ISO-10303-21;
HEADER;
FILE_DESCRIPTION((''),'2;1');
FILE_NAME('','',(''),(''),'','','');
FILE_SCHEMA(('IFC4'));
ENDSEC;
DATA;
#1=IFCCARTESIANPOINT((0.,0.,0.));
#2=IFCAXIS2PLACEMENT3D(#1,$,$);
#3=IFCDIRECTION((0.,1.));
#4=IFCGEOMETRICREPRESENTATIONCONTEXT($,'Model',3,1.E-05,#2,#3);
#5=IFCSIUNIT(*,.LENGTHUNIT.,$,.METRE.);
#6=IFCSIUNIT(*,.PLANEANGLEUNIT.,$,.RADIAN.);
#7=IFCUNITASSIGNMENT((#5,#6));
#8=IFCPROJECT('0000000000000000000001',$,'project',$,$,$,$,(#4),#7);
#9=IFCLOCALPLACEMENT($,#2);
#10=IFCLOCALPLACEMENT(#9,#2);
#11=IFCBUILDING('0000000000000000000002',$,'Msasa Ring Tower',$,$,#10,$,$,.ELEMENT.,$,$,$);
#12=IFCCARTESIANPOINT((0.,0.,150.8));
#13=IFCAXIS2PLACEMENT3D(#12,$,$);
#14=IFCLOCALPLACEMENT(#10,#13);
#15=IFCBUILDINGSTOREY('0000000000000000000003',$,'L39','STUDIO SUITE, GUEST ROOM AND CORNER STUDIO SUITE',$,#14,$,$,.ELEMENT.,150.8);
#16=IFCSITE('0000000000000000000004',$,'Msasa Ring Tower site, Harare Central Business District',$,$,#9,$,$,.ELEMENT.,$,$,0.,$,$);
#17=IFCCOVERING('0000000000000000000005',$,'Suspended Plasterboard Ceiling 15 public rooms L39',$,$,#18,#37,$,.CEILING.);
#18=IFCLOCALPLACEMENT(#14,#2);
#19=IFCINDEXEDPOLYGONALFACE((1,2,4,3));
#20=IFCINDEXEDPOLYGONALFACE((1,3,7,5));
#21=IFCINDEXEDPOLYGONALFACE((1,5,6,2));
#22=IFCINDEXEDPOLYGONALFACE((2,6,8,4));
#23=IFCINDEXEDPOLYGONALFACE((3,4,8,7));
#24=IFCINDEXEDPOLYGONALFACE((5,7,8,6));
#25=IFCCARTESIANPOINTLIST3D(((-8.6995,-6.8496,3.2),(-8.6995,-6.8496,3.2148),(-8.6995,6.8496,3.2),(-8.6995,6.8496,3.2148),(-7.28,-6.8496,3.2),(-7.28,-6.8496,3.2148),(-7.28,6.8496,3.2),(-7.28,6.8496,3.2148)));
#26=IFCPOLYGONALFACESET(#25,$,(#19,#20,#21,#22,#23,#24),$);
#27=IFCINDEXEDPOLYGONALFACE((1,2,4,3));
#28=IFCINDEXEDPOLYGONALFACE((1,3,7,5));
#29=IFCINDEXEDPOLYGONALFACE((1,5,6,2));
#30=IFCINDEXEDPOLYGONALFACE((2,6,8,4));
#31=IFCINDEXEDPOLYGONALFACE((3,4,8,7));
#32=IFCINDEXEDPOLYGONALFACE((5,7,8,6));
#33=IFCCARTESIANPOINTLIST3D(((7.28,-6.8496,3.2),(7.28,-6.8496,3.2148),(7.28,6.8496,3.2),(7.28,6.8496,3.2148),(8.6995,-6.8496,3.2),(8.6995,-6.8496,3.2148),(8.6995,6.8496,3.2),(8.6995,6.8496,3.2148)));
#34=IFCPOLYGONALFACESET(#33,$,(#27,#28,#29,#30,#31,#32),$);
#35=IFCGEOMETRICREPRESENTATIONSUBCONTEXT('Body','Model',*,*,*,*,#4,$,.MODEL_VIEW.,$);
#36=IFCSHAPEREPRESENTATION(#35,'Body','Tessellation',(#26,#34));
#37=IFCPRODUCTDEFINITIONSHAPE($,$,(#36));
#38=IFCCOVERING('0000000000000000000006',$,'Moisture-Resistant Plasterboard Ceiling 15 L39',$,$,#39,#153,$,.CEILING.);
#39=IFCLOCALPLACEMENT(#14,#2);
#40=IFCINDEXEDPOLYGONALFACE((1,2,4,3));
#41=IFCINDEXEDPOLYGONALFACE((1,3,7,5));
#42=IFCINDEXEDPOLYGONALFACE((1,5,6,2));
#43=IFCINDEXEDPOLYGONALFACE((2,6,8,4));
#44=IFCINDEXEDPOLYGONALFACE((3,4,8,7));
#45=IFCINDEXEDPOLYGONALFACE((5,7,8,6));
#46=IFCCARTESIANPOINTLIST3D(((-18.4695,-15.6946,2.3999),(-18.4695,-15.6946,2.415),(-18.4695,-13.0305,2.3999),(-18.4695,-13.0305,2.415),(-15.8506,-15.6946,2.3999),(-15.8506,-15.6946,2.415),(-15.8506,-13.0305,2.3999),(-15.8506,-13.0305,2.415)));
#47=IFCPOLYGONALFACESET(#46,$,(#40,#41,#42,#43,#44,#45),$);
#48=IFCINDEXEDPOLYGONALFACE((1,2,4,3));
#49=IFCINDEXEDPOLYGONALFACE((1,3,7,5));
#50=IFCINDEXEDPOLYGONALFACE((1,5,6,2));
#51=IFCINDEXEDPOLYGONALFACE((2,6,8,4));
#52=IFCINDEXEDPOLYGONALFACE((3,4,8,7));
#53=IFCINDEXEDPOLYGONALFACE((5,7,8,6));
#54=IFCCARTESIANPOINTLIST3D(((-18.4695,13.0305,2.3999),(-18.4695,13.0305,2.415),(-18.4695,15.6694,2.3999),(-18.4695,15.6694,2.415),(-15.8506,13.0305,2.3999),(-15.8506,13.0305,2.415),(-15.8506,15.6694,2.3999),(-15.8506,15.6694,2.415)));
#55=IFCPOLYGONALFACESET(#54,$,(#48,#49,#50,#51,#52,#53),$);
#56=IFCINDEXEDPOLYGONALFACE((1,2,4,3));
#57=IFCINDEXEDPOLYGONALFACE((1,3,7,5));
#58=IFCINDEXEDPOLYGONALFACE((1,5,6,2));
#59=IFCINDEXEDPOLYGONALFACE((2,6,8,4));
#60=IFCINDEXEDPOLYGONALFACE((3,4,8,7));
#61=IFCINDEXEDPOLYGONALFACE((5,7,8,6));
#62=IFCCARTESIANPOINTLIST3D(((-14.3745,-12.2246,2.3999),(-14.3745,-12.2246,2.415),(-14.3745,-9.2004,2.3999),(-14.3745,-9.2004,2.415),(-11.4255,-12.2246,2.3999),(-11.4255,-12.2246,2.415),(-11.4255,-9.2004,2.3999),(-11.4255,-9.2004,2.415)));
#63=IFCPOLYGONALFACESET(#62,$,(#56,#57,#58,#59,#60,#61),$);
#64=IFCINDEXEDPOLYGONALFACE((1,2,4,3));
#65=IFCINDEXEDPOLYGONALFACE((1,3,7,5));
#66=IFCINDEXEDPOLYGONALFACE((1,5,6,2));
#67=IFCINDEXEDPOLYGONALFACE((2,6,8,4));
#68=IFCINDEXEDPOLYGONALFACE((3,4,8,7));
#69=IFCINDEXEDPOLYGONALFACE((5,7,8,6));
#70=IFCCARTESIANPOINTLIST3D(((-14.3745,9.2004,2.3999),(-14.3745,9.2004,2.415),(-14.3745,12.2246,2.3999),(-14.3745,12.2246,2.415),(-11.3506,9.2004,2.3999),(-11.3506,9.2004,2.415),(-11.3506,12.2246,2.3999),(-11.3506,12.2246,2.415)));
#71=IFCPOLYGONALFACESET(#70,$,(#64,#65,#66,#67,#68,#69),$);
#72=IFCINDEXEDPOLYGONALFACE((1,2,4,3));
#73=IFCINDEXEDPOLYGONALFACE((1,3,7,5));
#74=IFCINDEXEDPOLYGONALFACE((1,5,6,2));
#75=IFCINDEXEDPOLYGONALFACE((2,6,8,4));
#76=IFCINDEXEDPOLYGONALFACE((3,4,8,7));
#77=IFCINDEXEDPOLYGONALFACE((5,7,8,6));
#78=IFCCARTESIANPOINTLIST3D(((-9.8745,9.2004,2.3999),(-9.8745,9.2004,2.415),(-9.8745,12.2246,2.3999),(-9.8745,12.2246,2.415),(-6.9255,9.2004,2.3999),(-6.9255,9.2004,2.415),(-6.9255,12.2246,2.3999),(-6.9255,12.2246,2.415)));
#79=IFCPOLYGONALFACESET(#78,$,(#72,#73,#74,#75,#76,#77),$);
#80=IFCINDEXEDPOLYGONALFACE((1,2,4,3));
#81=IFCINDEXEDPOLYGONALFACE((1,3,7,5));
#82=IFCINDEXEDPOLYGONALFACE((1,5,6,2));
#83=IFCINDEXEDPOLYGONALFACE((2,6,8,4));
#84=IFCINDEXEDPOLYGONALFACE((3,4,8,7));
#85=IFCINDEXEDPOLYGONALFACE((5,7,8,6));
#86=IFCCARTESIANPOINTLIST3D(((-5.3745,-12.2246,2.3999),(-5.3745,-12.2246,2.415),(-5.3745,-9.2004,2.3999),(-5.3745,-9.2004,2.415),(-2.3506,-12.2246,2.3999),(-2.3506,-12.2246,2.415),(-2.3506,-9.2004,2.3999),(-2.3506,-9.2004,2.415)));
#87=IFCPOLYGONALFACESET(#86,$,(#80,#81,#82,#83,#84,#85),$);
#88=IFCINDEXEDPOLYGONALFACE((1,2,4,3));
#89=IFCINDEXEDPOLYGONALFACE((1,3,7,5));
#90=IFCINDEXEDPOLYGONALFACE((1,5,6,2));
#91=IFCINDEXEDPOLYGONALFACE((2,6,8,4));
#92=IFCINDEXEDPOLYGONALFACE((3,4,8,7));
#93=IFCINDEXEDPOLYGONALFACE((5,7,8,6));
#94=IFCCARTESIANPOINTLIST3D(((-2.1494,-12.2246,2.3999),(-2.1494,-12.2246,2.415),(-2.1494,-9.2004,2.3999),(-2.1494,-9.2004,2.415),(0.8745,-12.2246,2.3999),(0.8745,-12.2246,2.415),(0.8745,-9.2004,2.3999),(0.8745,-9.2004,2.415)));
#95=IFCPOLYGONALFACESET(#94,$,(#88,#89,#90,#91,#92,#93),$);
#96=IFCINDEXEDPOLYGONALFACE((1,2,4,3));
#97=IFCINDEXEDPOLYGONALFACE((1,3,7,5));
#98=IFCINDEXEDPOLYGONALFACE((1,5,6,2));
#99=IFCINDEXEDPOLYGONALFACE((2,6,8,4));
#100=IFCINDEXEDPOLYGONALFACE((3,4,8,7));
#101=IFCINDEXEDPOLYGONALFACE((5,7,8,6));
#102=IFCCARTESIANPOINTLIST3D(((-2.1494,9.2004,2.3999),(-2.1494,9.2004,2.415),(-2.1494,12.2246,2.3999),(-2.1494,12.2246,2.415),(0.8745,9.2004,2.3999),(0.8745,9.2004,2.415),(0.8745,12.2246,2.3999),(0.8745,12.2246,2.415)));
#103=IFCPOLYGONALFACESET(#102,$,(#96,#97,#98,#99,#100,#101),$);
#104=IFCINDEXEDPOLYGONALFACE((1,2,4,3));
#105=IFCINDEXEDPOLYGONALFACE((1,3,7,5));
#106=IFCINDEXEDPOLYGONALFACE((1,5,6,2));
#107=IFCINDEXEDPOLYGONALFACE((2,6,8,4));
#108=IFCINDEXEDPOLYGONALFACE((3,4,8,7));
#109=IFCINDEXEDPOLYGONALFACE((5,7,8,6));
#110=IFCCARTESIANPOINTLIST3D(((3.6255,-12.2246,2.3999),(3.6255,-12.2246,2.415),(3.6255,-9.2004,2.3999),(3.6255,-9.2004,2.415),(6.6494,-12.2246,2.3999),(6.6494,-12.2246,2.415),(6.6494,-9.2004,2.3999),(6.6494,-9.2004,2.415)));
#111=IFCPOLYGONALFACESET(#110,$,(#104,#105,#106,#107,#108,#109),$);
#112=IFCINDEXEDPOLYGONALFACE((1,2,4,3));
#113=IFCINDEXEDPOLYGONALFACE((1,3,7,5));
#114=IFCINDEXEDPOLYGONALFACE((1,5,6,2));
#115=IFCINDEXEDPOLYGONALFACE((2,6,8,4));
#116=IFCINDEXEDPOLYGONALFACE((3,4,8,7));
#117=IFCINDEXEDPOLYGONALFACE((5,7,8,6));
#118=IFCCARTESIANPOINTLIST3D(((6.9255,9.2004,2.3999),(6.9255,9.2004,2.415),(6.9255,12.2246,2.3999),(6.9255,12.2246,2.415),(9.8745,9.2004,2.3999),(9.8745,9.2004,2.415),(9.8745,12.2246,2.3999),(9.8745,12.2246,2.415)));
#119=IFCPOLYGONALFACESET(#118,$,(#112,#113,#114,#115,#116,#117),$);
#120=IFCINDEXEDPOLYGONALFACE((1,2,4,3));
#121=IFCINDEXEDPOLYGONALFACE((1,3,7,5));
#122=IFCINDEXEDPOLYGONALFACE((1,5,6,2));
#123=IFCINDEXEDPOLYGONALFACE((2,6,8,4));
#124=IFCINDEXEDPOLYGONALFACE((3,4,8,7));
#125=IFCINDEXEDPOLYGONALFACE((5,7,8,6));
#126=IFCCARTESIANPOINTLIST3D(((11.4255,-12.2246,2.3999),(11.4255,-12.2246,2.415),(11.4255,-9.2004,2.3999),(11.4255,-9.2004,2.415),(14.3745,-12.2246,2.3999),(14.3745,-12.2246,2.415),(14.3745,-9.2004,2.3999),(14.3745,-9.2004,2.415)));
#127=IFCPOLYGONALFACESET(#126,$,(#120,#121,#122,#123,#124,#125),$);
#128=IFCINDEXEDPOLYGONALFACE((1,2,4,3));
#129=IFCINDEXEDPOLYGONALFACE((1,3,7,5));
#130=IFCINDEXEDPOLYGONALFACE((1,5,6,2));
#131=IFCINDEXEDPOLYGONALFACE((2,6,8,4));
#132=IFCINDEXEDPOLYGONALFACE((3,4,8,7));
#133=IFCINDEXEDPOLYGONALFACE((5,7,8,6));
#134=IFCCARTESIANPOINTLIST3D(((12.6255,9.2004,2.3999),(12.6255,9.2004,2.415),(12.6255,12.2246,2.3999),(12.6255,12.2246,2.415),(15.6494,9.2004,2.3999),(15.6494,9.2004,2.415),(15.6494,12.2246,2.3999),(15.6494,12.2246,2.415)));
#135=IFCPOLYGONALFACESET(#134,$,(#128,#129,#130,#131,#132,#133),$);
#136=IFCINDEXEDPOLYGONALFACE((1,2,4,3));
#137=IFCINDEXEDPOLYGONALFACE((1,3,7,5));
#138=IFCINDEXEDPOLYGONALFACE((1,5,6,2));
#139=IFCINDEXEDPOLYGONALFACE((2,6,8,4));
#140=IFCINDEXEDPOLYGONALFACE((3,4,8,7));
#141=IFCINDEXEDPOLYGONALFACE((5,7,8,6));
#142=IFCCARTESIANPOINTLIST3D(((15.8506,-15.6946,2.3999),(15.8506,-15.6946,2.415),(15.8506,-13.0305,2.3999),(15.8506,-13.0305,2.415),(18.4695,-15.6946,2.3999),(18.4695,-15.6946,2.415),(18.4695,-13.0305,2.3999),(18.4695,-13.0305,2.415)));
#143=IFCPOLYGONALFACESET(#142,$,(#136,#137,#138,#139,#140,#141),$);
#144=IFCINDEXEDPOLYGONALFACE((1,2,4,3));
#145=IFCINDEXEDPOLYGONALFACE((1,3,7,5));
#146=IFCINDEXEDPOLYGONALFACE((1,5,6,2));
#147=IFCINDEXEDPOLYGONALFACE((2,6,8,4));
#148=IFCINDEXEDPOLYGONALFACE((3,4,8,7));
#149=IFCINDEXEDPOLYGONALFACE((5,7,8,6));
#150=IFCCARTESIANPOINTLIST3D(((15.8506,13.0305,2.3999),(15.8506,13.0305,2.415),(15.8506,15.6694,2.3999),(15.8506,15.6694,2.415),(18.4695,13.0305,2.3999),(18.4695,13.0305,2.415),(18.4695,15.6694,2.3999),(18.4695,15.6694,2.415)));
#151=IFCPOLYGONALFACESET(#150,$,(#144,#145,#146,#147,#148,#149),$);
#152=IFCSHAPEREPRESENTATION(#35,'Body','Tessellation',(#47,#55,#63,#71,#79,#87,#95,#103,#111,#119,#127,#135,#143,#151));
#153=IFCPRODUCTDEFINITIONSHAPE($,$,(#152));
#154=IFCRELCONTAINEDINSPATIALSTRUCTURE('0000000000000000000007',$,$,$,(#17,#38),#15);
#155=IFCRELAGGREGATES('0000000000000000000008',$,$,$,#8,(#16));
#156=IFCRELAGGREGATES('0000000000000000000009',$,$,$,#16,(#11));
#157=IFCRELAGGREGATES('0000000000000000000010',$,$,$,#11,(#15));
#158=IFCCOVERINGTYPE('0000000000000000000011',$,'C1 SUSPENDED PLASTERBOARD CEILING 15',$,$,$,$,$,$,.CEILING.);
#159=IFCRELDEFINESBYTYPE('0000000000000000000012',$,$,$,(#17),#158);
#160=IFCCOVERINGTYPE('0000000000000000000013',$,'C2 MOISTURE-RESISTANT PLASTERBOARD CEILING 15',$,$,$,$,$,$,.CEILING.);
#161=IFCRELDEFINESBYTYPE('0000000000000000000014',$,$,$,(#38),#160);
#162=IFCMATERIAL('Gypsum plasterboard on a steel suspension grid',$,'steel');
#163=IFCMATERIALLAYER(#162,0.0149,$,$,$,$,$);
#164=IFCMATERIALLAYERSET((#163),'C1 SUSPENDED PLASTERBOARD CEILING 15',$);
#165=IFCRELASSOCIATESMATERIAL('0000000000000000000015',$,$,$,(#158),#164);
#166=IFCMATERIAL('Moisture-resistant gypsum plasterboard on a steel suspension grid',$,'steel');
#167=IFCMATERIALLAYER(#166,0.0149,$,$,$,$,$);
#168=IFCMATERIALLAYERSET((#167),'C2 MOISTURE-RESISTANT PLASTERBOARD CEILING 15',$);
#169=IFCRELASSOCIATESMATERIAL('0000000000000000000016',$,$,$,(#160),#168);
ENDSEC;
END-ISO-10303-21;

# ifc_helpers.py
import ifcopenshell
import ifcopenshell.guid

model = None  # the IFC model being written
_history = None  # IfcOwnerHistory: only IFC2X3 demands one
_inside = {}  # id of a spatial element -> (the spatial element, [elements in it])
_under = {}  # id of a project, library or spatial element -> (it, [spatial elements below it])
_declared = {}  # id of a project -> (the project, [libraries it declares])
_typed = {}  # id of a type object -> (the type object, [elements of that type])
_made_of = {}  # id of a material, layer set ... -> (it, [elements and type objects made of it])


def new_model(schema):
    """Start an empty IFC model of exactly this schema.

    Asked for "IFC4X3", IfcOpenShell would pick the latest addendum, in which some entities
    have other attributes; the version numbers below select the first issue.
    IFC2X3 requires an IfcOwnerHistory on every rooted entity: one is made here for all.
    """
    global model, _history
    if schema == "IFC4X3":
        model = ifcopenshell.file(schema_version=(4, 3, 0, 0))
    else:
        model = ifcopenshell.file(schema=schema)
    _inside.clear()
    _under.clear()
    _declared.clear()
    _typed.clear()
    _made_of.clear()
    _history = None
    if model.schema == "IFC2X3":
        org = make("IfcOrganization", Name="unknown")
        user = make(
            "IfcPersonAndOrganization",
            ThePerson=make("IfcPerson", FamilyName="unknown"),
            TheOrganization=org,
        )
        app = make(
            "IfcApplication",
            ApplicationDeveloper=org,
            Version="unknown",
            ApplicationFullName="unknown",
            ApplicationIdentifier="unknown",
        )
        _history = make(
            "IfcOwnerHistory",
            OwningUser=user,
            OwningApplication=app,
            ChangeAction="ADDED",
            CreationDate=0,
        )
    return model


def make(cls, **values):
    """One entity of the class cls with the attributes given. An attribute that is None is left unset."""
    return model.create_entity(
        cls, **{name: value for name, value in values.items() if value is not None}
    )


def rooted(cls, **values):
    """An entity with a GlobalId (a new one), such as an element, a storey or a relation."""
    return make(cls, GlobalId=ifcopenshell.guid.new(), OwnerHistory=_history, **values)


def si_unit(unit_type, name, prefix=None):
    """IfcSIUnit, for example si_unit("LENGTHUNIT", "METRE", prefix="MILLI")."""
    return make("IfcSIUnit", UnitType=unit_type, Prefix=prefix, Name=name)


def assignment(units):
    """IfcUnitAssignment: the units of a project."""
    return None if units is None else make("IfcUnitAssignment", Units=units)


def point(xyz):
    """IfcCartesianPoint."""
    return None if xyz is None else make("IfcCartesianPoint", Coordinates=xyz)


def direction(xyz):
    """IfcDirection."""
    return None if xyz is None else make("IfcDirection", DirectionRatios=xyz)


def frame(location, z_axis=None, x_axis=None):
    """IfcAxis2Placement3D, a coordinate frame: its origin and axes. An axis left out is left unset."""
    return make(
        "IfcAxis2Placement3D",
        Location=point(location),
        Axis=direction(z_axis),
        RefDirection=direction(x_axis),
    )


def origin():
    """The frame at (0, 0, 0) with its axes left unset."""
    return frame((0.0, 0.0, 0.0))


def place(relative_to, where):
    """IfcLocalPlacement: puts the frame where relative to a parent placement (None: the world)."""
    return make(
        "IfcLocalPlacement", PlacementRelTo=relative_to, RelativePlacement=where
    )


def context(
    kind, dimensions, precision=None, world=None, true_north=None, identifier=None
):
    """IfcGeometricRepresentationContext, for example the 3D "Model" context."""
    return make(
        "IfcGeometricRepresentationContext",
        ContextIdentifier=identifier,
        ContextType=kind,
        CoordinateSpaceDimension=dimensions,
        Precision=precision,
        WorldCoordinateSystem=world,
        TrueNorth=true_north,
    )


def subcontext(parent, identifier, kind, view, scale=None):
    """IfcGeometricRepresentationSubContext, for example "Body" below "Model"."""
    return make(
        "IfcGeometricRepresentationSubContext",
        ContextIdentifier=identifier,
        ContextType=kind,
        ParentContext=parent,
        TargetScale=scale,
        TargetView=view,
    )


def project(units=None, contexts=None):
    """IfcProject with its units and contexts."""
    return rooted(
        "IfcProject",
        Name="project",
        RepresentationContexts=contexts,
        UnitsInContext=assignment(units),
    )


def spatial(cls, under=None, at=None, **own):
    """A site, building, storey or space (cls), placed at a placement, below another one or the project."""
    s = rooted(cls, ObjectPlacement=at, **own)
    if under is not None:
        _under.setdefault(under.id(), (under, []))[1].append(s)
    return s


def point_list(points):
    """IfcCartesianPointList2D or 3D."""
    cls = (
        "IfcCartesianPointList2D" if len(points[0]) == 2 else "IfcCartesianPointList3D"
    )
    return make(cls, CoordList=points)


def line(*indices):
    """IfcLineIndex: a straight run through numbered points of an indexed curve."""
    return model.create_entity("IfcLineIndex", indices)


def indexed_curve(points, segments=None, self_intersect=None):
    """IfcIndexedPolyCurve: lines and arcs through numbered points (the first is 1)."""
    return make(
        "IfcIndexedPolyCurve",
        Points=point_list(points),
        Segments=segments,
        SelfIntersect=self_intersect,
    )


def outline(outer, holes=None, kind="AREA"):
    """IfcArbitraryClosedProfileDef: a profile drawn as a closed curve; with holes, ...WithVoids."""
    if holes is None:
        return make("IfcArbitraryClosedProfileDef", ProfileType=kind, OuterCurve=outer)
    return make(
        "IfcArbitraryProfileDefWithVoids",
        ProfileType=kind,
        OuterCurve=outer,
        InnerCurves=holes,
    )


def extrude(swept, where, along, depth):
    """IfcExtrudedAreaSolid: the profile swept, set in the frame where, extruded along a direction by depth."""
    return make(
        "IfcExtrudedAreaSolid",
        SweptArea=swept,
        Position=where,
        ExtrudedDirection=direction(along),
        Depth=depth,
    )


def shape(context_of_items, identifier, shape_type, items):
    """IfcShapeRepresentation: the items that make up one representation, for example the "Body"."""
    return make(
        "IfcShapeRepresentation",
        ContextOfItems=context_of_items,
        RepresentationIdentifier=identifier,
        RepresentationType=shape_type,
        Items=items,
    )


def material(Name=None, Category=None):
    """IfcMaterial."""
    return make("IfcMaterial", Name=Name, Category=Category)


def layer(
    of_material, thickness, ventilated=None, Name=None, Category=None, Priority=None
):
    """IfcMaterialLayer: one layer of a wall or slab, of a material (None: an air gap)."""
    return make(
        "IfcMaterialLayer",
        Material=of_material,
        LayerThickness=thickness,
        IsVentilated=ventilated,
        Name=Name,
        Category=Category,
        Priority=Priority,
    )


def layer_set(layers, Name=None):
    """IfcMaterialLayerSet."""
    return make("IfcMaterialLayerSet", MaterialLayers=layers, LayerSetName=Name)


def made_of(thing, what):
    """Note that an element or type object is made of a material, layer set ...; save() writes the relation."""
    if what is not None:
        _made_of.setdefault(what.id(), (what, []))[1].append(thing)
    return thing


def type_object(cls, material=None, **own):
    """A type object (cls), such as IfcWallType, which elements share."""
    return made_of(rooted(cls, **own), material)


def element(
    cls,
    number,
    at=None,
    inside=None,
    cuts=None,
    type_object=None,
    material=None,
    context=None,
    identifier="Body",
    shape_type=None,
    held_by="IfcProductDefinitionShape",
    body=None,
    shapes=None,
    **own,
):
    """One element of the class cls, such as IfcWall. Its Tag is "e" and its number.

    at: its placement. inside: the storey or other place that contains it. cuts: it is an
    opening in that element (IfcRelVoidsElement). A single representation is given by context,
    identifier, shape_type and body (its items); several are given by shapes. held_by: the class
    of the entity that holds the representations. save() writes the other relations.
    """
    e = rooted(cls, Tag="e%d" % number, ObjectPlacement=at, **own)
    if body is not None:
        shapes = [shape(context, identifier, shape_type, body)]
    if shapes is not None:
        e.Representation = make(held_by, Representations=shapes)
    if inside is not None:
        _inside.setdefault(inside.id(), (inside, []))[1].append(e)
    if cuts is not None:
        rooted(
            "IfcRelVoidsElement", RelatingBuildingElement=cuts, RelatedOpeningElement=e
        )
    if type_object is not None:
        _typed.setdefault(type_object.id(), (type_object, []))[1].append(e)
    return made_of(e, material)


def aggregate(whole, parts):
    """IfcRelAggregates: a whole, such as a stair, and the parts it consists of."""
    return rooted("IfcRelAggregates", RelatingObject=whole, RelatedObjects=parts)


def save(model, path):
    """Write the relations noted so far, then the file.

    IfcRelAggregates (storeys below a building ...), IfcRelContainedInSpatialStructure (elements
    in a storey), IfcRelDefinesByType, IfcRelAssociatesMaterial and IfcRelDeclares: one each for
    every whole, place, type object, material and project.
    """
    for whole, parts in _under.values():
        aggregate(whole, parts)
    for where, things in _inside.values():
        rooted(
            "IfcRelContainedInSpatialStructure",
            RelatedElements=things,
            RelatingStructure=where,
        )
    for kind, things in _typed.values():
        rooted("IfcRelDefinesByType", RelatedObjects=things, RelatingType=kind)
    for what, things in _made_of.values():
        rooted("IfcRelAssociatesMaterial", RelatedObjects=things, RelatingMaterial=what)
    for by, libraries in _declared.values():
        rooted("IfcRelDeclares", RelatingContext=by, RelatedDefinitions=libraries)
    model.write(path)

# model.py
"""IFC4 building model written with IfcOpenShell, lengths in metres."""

from ifc_helpers import new_model, si_unit, direction, frame, origin, place, context, subcontext, project, spatial, line, indexed_curve, outline, extrude, material, layer, layer_set, type_object, element, save


model = new_model("IFC4")

# Units and contexts
model_context = context("Model", 3, precision=1e-05, world=origin(), true_north=direction((0.0, 1.0)))
body_context = subcontext(model_context, "Body", "Model", "MODEL_VIEW")
ifc_project = project(units=[si_unit("LENGTHUNIT", "METRE"), si_unit("PLANEANGLEUNIT", "RADIAN")], contexts=[model_context])

# Site, building, storey
site_placement = place(None, origin())
site = spatial("IfcSite", under=ifc_project, at=site_placement, Name="Msasa Ring Tower site, Harare Central Business District", CompositionType="ELEMENT", RefElevation=0.0)
building_placement = place(site_placement, origin())
building = spatial("IfcBuilding", under=site, at=building_placement, Name="Msasa Ring Tower", CompositionType="ELEMENT")
storey_placement = place(building_placement, frame((0.0, 0.0, 150.8)))
storey = spatial("IfcBuildingStorey", under=building, at=storey_placement, Name="L39", Description="STUDIO SUITE, GUEST ROOM AND CORNER STUDIO SUITE", CompositionType="ELEMENT", Elevation=150.8)

# Coverings
ifc_material_1 = material(Name="Gypsum plasterboard on a steel suspension grid", Category="steel")
ifc_layer_1 = layer(ifc_material_1, 0.0149)
ifc_layer_set_1 = layer_set([ifc_layer_1], Name="C1 SUSPENDED PLASTERBOARD CEILING 15")
covering_type_1 = type_object("IfcCoveringType", Name="C1 SUSPENDED PLASTERBOARD CEILING 15", PredefinedType="CEILING", material=ifc_layer_set_1)
covering_1_placement = place(storey_placement, frame((0.0, 0.0, 3.2)))
element("IfcCovering", 1, at=covering_1_placement, inside=storey, type_object=covering_type_1, Name="Suspended Plasterboard Ceiling 15 public rooms L39", PredefinedType="CEILING", context=body_context, shape_type="SweptSolid", body=[
    extrude(outline(indexed_curve([(-7.28, 6.8496), (-7.28, -6.8496), (-8.6995, -6.8496), (-8.6995, 6.8496)], segments=[line(1, 2, 3, 4, 1)], self_intersect=False)), origin(), (0.0, 0.0, 1.0), 0.0149),
    extrude(outline(indexed_curve([(8.6995, 6.8496), (8.6995, -6.8496), (7.28, -6.8496), (7.28, 6.8496)], segments=[line(1, 2, 3, 4, 1)], self_intersect=False)), origin(), (0.0, 0.0, 1.0), 0.0149),
])
ifc_material_2 = material(Name="Moisture-resistant gypsum plasterboard on a steel suspension grid", Category="steel")
ifc_layer_2 = layer(ifc_material_2, 0.0149)
ifc_layer_set_2 = layer_set([ifc_layer_2], Name="C2 MOISTURE-RESISTANT PLASTERBOARD CEILING 15")
covering_type_2 = type_object("IfcCoveringType", Name="C2 MOISTURE-RESISTANT PLASTERBOARD CEILING 15", PredefinedType="CEILING", material=ifc_layer_set_2)
covering_2_placement = place(storey_placement, frame((0.0, 0.0, 2.3999)))
element("IfcCovering", 2, at=covering_2_placement, inside=storey, type_object=covering_type_2, Name="Moisture-Resistant Plasterboard Ceiling 15 L39", PredefinedType="CEILING", context=body_context, shape_type="SweptSolid", body=[
    extrude(outline(indexed_curve([(-18.4695, -15.6946), (-18.4695, -13.0305), (-15.8506, -13.0305), (-15.8506, -15.6946)], segments=[line(1, 2, 3, 4, 1)], self_intersect=False)), origin(), (0.0, 0.0, 1.0), 0.0151),
    extrude(outline(indexed_curve([(-18.4695, 15.6694), (-15.8506, 15.6694), (-15.8506, 13.0305), (-18.4695, 13.0305)], segments=[line(1, 2, 3, 4, 1)], self_intersect=False)), origin(), (0.0, 0.0, 1.0), 0.0151),
    extrude(outline(indexed_curve([(-11.4255, -9.2004), (-11.4255, -12.2246), (-14.3745, -12.2246), (-14.3745, -9.2004)], segments=[line(1, 2, 3, 4, 1)], self_intersect=False)), origin(), (0.0, 0.0, 1.0), 0.0151),
    extrude(outline(indexed_curve([(-11.3506, 9.2004), (-14.3745, 9.2004), (-14.3745, 12.2246), (-11.3506, 12.2246)], segments=[line(1, 2, 3, 4, 1)], self_intersect=False)), origin(), (0.0, 0.0, 1.0), 0.0151),
    extrude(outline(indexed_curve([(-9.8745, 9.2004), (-9.8745, 12.2246), (-6.9255, 12.2246), (-6.9255, 9.2004)], segments=[line(1, 2, 3, 4, 1)], self_intersect=False)), origin(), (0.0, 0.0, 1.0), 0.0151),
    extrude(outline(indexed_curve([(-2.3506, -9.2004), (-2.3506, -12.2246), (-5.3745, -12.2246), (-5.3745, -9.2004)], segments=[line(1, 2, 3, 4, 1)], self_intersect=False)), origin(), (0.0, 0.0, 1.0), 0.0151),
    extrude(outline(indexed_curve([(-2.1494, -9.2004), (0.8745, -9.2004), (0.8745, -12.2246), (-2.1494, -12.2246)], segments=[line(1, 2, 3, 4, 1)], self_intersect=False)), origin(), (0.0, 0.0, 1.0), 0.0151),
    extrude(outline(indexed_curve([(-2.1494, 12.2246), (0.8745, 12.2246), (0.8745, 9.2004), (-2.1494, 9.2004)], segments=[line(1, 2, 3, 4, 1)], self_intersect=False)), origin(), (0.0, 0.0, 1.0), 0.0151),
    extrude(outline(indexed_curve([(6.6494, -9.2004), (6.6494, -12.2246), (3.6255, -12.2246), (3.6255, -9.2004)], segments=[line(1, 2, 3, 4, 1)], self_intersect=False)), origin(), (0.0, 0.0, 1.0), 0.0151),
    extrude(outline(indexed_curve([(6.9255, 9.2004), (6.9255, 12.2246), (9.8745, 12.2246), (9.8745, 9.2004)], segments=[line(1, 2, 3, 4, 1)], self_intersect=False)), origin(), (0.0, 0.0, 1.0), 0.0151),
    extrude(outline(indexed_curve([(14.3745, -9.2004), (14.3745, -12.2246), (11.4255, -12.2246), (11.4255, -9.2004)], segments=[line(1, 2, 3, 4, 1)], self_intersect=False)), origin(), (0.0, 0.0, 1.0), 0.0151),
    extrude(outline(indexed_curve([(15.6494, 9.2004), (12.6255, 9.2004), (12.6255, 12.2246), (15.6494, 12.2246)], segments=[line(1, 2, 3, 4, 1)], self_intersect=False)), origin(), (0.0, 0.0, 1.0), 0.0151),
    extrude(outline(indexed_curve([(15.8506, -15.6946), (15.8506, -13.0305), (18.4695, -13.0305), (18.4695, -15.6946)], segments=[line(1, 2, 3, 4, 1)], self_intersect=False)), origin(), (0.0, 0.0, 1.0), 0.0151),
    extrude(outline(indexed_curve([(15.8506, 15.6694), (18.4695, 15.6694), (18.4695, 13.0305), (15.8506, 13.0305)], segments=[line(1, 2, 3, 4, 1)], self_intersect=False)), origin(), (0.0, 0.0, 1.0), 0.0151),
])

save(model, "model.ifc")
